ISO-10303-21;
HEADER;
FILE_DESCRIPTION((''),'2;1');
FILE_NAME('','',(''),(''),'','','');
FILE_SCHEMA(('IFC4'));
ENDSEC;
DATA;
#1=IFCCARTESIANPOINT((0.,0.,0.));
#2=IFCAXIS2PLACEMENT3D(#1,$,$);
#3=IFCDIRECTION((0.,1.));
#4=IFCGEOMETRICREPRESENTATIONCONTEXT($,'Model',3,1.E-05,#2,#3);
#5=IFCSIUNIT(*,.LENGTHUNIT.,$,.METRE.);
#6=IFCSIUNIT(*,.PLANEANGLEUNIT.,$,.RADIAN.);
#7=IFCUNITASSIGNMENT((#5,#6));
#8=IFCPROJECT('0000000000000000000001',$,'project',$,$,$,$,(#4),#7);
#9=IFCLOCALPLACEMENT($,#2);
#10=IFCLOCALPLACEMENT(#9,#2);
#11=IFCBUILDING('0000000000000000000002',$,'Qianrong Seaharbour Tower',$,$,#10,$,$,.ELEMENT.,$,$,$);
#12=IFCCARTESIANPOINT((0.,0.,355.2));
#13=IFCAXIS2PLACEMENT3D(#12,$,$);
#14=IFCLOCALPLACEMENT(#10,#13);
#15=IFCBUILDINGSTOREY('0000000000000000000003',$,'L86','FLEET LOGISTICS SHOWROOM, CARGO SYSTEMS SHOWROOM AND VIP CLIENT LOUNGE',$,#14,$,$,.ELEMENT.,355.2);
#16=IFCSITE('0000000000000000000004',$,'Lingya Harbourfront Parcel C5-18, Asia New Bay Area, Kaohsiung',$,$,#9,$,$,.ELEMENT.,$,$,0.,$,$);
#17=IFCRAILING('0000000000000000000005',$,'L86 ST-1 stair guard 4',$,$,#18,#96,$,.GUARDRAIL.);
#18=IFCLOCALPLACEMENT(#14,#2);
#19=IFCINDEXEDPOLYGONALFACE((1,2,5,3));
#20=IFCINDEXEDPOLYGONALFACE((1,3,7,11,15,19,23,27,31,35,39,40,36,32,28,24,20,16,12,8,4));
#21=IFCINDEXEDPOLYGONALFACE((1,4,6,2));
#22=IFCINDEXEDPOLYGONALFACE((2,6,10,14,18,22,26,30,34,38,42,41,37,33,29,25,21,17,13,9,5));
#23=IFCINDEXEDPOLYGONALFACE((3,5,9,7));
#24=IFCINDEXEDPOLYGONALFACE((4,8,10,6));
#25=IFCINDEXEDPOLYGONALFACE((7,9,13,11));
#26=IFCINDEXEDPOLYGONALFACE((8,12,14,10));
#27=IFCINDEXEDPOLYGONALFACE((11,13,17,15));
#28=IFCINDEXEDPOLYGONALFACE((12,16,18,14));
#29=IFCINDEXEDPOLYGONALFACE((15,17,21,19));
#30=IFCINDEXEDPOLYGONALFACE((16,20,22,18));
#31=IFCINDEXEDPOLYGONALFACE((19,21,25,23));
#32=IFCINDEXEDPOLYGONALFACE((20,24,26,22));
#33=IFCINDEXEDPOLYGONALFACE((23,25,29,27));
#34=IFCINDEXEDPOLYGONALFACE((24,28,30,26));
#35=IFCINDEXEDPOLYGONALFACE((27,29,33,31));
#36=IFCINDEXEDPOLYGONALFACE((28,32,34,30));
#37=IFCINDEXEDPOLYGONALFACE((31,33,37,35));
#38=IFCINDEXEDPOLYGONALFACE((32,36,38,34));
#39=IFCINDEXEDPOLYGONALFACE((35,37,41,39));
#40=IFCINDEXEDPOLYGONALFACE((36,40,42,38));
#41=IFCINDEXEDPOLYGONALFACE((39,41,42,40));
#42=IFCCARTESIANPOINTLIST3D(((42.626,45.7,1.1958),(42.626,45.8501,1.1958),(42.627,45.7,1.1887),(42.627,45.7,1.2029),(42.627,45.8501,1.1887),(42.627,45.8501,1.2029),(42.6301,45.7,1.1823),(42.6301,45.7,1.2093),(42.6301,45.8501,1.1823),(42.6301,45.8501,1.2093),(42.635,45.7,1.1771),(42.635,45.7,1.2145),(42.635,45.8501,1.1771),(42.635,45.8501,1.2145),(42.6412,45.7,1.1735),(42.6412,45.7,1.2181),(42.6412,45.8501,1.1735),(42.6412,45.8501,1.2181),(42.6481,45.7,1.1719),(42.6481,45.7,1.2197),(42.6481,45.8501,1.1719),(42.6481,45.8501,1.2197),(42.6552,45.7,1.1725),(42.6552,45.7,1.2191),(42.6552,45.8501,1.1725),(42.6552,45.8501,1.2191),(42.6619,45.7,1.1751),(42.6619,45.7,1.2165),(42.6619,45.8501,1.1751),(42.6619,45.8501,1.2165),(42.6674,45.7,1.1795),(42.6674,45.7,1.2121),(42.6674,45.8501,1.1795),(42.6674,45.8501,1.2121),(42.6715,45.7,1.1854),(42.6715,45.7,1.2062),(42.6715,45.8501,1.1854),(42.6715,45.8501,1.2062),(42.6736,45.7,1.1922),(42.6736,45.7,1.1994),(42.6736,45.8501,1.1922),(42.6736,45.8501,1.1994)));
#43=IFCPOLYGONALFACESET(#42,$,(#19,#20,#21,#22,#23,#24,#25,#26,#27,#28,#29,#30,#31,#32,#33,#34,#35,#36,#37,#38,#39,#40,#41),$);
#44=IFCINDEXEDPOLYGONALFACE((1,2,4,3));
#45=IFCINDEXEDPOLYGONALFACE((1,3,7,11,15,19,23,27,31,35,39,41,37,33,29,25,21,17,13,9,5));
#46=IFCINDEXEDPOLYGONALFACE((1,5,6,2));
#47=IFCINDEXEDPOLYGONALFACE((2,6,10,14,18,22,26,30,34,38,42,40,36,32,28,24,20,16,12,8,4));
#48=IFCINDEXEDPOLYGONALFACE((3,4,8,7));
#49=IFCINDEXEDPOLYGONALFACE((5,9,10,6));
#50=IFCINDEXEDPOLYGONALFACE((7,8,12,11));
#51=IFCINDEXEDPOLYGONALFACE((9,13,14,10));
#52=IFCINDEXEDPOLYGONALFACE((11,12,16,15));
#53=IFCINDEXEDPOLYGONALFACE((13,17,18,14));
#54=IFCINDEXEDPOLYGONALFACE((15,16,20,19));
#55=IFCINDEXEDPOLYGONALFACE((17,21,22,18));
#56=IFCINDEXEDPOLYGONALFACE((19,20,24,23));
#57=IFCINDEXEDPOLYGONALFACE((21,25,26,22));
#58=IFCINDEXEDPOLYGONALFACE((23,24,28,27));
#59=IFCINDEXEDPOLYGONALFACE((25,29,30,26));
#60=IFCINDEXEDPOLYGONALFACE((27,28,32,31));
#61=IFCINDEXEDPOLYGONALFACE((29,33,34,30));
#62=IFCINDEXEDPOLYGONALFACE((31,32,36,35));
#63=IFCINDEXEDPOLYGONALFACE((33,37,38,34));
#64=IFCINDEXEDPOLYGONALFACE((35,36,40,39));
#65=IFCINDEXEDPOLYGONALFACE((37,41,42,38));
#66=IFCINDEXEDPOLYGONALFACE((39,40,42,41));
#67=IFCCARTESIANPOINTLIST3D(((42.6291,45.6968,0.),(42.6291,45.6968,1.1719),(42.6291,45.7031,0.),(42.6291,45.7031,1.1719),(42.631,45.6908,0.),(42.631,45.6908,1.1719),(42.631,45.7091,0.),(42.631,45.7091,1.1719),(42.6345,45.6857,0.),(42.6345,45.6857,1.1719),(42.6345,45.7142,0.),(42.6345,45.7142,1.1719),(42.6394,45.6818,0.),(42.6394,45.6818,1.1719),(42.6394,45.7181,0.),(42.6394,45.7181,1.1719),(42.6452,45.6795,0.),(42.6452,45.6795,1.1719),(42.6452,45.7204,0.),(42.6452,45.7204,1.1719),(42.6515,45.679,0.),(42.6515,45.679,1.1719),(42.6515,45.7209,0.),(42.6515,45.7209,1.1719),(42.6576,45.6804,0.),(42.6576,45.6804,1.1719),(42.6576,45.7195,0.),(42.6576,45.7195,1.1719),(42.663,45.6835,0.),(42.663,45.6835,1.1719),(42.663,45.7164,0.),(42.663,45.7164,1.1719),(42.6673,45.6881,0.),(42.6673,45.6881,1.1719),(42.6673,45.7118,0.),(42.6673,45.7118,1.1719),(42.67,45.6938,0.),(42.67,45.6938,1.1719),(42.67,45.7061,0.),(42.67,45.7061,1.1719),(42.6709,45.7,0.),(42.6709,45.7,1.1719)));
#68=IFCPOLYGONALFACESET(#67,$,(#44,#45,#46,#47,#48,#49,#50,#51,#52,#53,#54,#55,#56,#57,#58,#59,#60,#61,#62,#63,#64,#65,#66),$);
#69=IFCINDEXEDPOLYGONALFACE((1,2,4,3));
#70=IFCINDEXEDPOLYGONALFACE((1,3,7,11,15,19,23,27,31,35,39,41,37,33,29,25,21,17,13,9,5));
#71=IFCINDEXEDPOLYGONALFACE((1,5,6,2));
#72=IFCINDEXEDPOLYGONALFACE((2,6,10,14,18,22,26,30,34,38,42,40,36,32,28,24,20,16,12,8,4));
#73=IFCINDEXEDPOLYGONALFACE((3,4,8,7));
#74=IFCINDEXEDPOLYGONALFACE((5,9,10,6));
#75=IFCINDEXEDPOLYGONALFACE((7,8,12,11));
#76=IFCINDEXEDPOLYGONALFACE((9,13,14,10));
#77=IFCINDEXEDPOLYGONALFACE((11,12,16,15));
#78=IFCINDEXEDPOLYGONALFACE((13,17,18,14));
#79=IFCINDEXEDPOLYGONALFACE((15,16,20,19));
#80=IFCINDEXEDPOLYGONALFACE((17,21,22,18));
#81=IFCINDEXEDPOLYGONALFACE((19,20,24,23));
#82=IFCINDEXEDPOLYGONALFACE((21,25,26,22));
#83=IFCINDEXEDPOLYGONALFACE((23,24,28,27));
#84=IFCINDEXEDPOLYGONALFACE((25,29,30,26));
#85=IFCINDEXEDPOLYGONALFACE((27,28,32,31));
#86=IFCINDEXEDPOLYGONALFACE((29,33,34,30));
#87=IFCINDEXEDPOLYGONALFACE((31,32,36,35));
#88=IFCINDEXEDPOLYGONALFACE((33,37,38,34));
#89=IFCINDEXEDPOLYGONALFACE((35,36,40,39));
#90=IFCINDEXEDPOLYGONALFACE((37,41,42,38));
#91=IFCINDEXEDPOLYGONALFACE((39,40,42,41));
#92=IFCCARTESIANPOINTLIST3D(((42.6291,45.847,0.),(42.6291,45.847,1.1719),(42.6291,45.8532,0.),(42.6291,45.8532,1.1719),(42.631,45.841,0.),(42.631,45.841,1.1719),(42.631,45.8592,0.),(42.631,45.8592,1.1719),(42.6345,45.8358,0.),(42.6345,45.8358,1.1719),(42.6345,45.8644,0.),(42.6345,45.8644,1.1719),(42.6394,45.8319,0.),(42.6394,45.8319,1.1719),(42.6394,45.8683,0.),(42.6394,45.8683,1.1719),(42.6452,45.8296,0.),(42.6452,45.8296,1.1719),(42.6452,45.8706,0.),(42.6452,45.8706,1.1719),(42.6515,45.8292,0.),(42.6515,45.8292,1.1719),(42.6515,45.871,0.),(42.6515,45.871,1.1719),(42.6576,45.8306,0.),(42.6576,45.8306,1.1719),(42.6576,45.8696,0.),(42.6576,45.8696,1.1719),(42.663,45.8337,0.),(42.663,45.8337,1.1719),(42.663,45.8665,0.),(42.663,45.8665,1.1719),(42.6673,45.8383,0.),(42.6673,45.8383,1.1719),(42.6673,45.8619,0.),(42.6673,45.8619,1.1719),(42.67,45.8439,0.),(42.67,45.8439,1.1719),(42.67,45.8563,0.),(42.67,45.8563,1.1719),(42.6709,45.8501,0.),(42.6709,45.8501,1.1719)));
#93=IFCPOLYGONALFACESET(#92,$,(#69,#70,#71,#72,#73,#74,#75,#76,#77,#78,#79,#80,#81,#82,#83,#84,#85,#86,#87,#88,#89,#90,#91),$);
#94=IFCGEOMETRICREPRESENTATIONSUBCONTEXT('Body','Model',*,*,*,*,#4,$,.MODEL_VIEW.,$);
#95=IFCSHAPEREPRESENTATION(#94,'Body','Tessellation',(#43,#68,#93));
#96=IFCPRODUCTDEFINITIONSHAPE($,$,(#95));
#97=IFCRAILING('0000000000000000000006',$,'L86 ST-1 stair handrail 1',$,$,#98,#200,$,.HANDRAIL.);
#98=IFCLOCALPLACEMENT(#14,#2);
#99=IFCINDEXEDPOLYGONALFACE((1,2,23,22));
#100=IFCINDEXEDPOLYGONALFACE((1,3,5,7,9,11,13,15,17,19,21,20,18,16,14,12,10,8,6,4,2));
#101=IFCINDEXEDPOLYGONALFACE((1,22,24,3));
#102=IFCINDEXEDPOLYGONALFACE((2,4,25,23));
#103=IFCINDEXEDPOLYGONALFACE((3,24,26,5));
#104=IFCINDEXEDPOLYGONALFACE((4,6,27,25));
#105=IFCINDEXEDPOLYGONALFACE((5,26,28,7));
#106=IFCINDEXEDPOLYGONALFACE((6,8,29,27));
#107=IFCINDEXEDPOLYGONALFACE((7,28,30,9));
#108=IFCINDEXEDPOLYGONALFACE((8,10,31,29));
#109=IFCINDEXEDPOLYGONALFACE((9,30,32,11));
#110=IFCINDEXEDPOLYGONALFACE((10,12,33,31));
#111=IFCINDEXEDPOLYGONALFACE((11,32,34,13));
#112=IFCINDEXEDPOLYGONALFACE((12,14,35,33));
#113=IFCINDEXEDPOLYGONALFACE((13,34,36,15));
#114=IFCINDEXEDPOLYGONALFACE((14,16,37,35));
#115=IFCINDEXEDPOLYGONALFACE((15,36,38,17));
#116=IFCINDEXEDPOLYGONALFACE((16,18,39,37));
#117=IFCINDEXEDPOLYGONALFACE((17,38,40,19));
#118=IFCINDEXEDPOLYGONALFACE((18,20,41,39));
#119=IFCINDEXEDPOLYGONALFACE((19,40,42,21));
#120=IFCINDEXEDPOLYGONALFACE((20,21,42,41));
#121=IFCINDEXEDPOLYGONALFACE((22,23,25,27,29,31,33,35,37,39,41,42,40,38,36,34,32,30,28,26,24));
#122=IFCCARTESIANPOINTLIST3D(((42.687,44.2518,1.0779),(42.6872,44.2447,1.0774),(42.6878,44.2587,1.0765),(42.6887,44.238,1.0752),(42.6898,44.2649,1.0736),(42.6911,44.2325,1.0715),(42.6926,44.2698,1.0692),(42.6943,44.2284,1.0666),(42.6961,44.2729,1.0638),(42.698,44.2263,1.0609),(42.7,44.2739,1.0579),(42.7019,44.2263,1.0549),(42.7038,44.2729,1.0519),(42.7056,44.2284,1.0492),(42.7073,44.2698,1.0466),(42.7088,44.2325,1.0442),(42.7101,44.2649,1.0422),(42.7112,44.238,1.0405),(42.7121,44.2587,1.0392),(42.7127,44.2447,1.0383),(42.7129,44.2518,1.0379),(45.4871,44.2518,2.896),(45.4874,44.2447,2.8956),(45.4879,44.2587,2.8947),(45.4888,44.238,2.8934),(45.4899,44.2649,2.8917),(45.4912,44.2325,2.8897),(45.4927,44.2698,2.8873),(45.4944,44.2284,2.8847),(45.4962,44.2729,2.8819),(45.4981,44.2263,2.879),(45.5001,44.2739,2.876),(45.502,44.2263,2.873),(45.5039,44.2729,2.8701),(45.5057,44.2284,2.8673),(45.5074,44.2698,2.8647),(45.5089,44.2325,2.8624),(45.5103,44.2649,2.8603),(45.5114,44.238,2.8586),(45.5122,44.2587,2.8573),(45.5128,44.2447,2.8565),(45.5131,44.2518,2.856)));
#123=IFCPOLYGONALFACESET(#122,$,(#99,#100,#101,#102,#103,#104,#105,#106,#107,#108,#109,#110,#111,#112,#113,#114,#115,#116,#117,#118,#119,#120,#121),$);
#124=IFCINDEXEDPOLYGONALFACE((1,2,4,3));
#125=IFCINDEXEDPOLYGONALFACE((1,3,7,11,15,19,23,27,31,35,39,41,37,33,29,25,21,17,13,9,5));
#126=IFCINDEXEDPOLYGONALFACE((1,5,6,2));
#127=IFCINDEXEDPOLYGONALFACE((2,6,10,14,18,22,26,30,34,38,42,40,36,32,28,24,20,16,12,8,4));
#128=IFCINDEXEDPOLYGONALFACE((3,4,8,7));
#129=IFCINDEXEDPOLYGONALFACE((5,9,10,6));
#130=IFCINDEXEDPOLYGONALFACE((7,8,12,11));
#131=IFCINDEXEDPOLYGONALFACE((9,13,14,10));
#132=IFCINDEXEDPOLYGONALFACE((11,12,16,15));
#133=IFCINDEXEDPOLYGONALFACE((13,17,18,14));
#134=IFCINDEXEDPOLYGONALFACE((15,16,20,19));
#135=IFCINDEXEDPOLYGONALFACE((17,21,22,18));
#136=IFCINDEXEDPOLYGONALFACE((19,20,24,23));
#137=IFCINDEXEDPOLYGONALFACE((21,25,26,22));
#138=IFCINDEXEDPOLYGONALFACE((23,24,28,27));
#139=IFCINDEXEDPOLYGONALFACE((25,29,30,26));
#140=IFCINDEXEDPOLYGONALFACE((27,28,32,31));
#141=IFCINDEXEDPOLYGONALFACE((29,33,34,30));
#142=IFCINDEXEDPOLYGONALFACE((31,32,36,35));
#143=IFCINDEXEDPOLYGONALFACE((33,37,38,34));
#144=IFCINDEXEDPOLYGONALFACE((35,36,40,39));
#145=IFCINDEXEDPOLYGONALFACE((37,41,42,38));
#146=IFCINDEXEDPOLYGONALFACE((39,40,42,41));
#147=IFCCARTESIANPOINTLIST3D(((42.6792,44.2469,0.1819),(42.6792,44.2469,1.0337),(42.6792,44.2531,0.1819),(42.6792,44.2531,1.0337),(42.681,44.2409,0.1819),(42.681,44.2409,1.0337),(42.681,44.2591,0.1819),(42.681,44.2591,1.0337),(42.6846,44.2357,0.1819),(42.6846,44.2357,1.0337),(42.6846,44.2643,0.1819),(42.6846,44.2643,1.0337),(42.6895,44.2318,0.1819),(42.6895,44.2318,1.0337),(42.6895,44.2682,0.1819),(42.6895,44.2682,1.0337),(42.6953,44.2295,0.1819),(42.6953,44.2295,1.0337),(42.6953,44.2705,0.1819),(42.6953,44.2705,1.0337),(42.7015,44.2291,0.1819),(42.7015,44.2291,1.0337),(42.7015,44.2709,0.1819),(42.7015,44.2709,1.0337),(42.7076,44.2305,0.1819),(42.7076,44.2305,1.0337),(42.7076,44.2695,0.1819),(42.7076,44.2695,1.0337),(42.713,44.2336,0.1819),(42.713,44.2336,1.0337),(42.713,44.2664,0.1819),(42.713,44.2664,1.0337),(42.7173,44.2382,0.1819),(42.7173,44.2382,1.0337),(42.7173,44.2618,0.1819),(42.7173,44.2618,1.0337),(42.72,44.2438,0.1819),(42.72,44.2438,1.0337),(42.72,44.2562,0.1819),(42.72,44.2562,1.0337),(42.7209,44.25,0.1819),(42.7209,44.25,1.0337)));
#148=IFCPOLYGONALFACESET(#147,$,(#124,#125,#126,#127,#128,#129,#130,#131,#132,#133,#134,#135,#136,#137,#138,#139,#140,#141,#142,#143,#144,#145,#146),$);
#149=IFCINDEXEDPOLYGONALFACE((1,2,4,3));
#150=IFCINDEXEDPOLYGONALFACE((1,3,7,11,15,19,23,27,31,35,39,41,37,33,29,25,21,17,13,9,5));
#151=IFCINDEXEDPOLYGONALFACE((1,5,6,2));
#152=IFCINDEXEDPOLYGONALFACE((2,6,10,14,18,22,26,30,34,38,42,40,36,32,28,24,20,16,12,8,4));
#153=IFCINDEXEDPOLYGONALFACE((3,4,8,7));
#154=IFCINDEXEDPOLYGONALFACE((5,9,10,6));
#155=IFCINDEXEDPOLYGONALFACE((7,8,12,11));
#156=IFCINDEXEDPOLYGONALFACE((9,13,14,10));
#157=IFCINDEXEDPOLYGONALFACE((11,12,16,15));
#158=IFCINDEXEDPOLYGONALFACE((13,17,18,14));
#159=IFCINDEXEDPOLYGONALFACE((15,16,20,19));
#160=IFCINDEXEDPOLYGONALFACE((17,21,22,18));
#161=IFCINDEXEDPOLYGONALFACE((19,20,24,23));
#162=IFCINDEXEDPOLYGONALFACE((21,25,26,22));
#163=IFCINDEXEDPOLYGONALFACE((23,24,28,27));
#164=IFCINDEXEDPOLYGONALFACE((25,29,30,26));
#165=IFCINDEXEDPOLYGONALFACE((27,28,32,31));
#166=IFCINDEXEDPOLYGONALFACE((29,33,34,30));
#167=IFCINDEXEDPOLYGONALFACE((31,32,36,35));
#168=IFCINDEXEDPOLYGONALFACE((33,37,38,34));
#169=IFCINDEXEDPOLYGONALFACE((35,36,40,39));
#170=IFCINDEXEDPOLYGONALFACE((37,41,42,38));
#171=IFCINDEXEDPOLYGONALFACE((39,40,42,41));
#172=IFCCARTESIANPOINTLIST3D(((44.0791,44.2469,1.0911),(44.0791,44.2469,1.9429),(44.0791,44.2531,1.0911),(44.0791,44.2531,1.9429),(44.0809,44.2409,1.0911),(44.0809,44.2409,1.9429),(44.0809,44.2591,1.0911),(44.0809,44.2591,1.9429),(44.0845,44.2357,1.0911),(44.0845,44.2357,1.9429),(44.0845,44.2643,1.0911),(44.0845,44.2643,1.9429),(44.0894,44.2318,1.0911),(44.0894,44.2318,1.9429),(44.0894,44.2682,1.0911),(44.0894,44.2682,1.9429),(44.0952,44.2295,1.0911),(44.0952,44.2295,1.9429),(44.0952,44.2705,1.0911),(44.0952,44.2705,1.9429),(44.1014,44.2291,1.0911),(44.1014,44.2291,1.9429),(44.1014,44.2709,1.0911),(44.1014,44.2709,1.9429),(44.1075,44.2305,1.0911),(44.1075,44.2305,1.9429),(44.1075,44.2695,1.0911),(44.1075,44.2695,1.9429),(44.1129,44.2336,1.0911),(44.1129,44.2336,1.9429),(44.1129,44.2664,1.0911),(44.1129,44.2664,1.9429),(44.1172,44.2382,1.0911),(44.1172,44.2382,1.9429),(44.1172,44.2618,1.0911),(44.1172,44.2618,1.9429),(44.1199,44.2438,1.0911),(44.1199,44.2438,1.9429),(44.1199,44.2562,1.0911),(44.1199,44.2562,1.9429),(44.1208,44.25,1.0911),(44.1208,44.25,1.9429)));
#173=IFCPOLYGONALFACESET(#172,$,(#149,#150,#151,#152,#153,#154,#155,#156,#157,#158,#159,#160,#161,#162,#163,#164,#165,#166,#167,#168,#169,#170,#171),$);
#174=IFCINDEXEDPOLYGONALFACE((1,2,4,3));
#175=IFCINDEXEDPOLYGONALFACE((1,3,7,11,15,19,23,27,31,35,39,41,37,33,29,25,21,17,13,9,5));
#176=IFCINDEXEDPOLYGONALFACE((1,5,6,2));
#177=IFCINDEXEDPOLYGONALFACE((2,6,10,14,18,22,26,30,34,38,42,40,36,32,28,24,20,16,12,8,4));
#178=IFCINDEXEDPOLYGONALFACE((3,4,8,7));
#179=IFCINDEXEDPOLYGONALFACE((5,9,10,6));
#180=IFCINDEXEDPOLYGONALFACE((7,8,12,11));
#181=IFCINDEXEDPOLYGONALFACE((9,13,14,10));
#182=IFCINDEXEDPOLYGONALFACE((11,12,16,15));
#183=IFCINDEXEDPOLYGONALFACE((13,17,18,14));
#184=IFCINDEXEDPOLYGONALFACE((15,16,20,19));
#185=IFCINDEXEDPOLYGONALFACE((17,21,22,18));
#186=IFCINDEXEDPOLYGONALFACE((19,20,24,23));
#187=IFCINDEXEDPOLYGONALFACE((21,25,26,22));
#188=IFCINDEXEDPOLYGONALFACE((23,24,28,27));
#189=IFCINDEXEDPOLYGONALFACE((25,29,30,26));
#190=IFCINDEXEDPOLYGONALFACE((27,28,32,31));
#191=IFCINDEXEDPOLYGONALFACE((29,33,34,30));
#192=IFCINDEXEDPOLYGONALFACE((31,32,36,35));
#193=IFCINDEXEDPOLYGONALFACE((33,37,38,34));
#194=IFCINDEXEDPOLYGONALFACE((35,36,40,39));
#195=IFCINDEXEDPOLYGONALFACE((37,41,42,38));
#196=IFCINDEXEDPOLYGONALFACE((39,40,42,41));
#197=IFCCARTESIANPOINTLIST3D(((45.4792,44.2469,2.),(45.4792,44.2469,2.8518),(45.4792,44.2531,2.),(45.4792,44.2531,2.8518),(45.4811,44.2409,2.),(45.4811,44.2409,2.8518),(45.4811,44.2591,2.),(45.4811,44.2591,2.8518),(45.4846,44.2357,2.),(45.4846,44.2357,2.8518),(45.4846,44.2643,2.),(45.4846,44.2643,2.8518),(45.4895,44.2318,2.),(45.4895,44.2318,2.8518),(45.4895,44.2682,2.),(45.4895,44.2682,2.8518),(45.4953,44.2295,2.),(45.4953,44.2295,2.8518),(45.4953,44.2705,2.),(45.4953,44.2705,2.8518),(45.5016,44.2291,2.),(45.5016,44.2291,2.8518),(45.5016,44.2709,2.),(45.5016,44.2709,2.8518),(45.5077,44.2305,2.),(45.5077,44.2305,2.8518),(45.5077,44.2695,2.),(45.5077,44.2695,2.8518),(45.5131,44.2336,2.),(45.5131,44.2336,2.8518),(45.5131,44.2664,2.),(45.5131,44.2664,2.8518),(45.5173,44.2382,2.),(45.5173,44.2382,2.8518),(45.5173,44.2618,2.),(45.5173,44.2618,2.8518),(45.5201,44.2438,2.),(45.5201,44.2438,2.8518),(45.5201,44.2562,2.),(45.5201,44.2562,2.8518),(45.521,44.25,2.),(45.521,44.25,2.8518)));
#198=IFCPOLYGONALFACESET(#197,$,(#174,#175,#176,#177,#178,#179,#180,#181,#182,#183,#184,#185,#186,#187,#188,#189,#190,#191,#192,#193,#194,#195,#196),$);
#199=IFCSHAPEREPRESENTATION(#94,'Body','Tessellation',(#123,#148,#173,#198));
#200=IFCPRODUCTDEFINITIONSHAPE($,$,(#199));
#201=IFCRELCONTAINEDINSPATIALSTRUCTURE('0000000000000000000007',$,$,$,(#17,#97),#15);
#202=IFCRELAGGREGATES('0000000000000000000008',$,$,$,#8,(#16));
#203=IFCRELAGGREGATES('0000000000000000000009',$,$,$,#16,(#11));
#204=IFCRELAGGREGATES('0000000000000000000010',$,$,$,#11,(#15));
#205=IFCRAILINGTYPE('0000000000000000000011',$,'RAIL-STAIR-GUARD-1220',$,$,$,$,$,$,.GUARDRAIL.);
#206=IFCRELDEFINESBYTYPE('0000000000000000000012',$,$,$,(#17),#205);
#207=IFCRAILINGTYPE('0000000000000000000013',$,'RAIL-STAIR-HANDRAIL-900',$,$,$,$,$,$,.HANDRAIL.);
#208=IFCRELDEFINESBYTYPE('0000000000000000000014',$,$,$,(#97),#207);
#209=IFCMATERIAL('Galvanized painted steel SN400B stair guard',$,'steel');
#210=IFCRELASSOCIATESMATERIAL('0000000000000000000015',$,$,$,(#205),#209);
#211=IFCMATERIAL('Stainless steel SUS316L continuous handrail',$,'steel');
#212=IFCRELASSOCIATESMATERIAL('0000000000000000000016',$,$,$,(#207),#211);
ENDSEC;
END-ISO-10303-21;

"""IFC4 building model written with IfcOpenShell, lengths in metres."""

from ifc_helpers import new_model, si_unit, direction, frame, origin, origin_2d, place, context, subcontext, project, spatial, circle, extrude, material, type_object, element, save


model = new_model("IFC4")

# Units and contexts
model_context = context("Model", 3, precision=1e-05, world=origin(), true_north=direction((0.0, 1.0)))
body_context = subcontext(model_context, "Body", "Model", "MODEL_VIEW")
ifc_project = project(units=[si_unit("LENGTHUNIT", "METRE"), si_unit("PLANEANGLEUNIT", "RADIAN")], contexts=[model_context])

# Site, building, storey
site_placement = place(None, origin())
site = spatial("IfcSite", under=ifc_project, at=site_placement, Name="Lingya Harbourfront Parcel C5-18, Asia New Bay Area, Kaohsiung", CompositionType="ELEMENT", RefElevation=0.0)
building_placement = place(site_placement, origin())
building = spatial("IfcBuilding", under=site, at=building_placement, Name="Qianrong Seaharbour Tower", CompositionType="ELEMENT")
storey_placement = place(building_placement, frame((0.0, 0.0, 355.2)))
storey = spatial("IfcBuildingStorey", under=building, at=storey_placement, Name="L86", Description="FLEET LOGISTICS SHOWROOM, CARGO SYSTEMS SHOWROOM AND VIP CLIENT LOUNGE", CompositionType="ELEMENT", Elevation=355.2)

# Railings
ifc_material_1 = material(Name="Galvanized painted steel SN400B stair guard", Category="steel")
railing_type_1 = type_object("IfcRailingType", Name="RAIL-STAIR-GUARD-1220", PredefinedType="GUARDRAIL", material=ifc_material_1)
railing_1_placement = place(storey_placement, frame((42.6499, 45.7, 0.0)))
element("IfcRailing", 1, at=railing_1_placement, inside=storey, type_object=railing_type_1, Name="L86 ST-1 stair guard 4", PredefinedType="GUARDRAIL", context=body_context, shape_type="SweptSolid", body=[
    extrude(circle(Radius=0.0239, at=origin_2d()), frame((0.0, 0.0, 1.1958), z_axis=(0.0, 1.0, 0.0), x_axis=(-1.0, 0.0, 0.0)), (0.0, 0.0, 1.0), 0.1501),
    extrude(circle(Radius=0.021, at=origin_2d()), origin(), (0.0, 0.0, 1.0), 1.1719),
    extrude(circle(Radius=0.021, at=origin_2d()), frame((0.0, 0.1501, 0.0)), (0.0, 0.0, 1.0), 1.1719),
])
ifc_material_2 = material(Name="Stainless steel SUS316L continuous handrail", Category="steel")
railing_type_2 = type_object("IfcRailingType", Name="RAIL-STAIR-HANDRAIL-900", PredefinedType="HANDRAIL", material=ifc_material_2)
railing_2_placement = place(storey_placement, frame((42.7, 44.25, 0.1819)))
element("IfcRailing", 2, at=railing_2_placement, inside=storey, type_object=railing_type_2, Name="L86 ST-1 stair handrail 1", PredefinedType="HANDRAIL", context=body_context, shape_type="SweptSolid", body=[
    extrude(circle(Radius=0.0239, at=origin_2d()), frame((0.0, 0.0, 0.876), z_axis=(0.838706, 0.0, 0.544585), x_axis=(0.0, 1.0, 0.0)), (0.0, 0.0, 1.0), 3.3386),
    extrude(circle(Radius=0.021, at=origin_2d()), origin(), (0.0, 0.0, 1.0), 0.8518),
    extrude(circle(Radius=0.021, at=origin_2d()), frame((1.3999, 0.0, 0.9092)), (0.0, 0.0, 1.0), 0.8518),
    extrude(circle(Radius=0.021, at=origin_2d()), frame((2.8, 0.0, 1.8181)), (0.0, 0.0, 1.0), 0.8518),
])

save(model, "model.ifc")
